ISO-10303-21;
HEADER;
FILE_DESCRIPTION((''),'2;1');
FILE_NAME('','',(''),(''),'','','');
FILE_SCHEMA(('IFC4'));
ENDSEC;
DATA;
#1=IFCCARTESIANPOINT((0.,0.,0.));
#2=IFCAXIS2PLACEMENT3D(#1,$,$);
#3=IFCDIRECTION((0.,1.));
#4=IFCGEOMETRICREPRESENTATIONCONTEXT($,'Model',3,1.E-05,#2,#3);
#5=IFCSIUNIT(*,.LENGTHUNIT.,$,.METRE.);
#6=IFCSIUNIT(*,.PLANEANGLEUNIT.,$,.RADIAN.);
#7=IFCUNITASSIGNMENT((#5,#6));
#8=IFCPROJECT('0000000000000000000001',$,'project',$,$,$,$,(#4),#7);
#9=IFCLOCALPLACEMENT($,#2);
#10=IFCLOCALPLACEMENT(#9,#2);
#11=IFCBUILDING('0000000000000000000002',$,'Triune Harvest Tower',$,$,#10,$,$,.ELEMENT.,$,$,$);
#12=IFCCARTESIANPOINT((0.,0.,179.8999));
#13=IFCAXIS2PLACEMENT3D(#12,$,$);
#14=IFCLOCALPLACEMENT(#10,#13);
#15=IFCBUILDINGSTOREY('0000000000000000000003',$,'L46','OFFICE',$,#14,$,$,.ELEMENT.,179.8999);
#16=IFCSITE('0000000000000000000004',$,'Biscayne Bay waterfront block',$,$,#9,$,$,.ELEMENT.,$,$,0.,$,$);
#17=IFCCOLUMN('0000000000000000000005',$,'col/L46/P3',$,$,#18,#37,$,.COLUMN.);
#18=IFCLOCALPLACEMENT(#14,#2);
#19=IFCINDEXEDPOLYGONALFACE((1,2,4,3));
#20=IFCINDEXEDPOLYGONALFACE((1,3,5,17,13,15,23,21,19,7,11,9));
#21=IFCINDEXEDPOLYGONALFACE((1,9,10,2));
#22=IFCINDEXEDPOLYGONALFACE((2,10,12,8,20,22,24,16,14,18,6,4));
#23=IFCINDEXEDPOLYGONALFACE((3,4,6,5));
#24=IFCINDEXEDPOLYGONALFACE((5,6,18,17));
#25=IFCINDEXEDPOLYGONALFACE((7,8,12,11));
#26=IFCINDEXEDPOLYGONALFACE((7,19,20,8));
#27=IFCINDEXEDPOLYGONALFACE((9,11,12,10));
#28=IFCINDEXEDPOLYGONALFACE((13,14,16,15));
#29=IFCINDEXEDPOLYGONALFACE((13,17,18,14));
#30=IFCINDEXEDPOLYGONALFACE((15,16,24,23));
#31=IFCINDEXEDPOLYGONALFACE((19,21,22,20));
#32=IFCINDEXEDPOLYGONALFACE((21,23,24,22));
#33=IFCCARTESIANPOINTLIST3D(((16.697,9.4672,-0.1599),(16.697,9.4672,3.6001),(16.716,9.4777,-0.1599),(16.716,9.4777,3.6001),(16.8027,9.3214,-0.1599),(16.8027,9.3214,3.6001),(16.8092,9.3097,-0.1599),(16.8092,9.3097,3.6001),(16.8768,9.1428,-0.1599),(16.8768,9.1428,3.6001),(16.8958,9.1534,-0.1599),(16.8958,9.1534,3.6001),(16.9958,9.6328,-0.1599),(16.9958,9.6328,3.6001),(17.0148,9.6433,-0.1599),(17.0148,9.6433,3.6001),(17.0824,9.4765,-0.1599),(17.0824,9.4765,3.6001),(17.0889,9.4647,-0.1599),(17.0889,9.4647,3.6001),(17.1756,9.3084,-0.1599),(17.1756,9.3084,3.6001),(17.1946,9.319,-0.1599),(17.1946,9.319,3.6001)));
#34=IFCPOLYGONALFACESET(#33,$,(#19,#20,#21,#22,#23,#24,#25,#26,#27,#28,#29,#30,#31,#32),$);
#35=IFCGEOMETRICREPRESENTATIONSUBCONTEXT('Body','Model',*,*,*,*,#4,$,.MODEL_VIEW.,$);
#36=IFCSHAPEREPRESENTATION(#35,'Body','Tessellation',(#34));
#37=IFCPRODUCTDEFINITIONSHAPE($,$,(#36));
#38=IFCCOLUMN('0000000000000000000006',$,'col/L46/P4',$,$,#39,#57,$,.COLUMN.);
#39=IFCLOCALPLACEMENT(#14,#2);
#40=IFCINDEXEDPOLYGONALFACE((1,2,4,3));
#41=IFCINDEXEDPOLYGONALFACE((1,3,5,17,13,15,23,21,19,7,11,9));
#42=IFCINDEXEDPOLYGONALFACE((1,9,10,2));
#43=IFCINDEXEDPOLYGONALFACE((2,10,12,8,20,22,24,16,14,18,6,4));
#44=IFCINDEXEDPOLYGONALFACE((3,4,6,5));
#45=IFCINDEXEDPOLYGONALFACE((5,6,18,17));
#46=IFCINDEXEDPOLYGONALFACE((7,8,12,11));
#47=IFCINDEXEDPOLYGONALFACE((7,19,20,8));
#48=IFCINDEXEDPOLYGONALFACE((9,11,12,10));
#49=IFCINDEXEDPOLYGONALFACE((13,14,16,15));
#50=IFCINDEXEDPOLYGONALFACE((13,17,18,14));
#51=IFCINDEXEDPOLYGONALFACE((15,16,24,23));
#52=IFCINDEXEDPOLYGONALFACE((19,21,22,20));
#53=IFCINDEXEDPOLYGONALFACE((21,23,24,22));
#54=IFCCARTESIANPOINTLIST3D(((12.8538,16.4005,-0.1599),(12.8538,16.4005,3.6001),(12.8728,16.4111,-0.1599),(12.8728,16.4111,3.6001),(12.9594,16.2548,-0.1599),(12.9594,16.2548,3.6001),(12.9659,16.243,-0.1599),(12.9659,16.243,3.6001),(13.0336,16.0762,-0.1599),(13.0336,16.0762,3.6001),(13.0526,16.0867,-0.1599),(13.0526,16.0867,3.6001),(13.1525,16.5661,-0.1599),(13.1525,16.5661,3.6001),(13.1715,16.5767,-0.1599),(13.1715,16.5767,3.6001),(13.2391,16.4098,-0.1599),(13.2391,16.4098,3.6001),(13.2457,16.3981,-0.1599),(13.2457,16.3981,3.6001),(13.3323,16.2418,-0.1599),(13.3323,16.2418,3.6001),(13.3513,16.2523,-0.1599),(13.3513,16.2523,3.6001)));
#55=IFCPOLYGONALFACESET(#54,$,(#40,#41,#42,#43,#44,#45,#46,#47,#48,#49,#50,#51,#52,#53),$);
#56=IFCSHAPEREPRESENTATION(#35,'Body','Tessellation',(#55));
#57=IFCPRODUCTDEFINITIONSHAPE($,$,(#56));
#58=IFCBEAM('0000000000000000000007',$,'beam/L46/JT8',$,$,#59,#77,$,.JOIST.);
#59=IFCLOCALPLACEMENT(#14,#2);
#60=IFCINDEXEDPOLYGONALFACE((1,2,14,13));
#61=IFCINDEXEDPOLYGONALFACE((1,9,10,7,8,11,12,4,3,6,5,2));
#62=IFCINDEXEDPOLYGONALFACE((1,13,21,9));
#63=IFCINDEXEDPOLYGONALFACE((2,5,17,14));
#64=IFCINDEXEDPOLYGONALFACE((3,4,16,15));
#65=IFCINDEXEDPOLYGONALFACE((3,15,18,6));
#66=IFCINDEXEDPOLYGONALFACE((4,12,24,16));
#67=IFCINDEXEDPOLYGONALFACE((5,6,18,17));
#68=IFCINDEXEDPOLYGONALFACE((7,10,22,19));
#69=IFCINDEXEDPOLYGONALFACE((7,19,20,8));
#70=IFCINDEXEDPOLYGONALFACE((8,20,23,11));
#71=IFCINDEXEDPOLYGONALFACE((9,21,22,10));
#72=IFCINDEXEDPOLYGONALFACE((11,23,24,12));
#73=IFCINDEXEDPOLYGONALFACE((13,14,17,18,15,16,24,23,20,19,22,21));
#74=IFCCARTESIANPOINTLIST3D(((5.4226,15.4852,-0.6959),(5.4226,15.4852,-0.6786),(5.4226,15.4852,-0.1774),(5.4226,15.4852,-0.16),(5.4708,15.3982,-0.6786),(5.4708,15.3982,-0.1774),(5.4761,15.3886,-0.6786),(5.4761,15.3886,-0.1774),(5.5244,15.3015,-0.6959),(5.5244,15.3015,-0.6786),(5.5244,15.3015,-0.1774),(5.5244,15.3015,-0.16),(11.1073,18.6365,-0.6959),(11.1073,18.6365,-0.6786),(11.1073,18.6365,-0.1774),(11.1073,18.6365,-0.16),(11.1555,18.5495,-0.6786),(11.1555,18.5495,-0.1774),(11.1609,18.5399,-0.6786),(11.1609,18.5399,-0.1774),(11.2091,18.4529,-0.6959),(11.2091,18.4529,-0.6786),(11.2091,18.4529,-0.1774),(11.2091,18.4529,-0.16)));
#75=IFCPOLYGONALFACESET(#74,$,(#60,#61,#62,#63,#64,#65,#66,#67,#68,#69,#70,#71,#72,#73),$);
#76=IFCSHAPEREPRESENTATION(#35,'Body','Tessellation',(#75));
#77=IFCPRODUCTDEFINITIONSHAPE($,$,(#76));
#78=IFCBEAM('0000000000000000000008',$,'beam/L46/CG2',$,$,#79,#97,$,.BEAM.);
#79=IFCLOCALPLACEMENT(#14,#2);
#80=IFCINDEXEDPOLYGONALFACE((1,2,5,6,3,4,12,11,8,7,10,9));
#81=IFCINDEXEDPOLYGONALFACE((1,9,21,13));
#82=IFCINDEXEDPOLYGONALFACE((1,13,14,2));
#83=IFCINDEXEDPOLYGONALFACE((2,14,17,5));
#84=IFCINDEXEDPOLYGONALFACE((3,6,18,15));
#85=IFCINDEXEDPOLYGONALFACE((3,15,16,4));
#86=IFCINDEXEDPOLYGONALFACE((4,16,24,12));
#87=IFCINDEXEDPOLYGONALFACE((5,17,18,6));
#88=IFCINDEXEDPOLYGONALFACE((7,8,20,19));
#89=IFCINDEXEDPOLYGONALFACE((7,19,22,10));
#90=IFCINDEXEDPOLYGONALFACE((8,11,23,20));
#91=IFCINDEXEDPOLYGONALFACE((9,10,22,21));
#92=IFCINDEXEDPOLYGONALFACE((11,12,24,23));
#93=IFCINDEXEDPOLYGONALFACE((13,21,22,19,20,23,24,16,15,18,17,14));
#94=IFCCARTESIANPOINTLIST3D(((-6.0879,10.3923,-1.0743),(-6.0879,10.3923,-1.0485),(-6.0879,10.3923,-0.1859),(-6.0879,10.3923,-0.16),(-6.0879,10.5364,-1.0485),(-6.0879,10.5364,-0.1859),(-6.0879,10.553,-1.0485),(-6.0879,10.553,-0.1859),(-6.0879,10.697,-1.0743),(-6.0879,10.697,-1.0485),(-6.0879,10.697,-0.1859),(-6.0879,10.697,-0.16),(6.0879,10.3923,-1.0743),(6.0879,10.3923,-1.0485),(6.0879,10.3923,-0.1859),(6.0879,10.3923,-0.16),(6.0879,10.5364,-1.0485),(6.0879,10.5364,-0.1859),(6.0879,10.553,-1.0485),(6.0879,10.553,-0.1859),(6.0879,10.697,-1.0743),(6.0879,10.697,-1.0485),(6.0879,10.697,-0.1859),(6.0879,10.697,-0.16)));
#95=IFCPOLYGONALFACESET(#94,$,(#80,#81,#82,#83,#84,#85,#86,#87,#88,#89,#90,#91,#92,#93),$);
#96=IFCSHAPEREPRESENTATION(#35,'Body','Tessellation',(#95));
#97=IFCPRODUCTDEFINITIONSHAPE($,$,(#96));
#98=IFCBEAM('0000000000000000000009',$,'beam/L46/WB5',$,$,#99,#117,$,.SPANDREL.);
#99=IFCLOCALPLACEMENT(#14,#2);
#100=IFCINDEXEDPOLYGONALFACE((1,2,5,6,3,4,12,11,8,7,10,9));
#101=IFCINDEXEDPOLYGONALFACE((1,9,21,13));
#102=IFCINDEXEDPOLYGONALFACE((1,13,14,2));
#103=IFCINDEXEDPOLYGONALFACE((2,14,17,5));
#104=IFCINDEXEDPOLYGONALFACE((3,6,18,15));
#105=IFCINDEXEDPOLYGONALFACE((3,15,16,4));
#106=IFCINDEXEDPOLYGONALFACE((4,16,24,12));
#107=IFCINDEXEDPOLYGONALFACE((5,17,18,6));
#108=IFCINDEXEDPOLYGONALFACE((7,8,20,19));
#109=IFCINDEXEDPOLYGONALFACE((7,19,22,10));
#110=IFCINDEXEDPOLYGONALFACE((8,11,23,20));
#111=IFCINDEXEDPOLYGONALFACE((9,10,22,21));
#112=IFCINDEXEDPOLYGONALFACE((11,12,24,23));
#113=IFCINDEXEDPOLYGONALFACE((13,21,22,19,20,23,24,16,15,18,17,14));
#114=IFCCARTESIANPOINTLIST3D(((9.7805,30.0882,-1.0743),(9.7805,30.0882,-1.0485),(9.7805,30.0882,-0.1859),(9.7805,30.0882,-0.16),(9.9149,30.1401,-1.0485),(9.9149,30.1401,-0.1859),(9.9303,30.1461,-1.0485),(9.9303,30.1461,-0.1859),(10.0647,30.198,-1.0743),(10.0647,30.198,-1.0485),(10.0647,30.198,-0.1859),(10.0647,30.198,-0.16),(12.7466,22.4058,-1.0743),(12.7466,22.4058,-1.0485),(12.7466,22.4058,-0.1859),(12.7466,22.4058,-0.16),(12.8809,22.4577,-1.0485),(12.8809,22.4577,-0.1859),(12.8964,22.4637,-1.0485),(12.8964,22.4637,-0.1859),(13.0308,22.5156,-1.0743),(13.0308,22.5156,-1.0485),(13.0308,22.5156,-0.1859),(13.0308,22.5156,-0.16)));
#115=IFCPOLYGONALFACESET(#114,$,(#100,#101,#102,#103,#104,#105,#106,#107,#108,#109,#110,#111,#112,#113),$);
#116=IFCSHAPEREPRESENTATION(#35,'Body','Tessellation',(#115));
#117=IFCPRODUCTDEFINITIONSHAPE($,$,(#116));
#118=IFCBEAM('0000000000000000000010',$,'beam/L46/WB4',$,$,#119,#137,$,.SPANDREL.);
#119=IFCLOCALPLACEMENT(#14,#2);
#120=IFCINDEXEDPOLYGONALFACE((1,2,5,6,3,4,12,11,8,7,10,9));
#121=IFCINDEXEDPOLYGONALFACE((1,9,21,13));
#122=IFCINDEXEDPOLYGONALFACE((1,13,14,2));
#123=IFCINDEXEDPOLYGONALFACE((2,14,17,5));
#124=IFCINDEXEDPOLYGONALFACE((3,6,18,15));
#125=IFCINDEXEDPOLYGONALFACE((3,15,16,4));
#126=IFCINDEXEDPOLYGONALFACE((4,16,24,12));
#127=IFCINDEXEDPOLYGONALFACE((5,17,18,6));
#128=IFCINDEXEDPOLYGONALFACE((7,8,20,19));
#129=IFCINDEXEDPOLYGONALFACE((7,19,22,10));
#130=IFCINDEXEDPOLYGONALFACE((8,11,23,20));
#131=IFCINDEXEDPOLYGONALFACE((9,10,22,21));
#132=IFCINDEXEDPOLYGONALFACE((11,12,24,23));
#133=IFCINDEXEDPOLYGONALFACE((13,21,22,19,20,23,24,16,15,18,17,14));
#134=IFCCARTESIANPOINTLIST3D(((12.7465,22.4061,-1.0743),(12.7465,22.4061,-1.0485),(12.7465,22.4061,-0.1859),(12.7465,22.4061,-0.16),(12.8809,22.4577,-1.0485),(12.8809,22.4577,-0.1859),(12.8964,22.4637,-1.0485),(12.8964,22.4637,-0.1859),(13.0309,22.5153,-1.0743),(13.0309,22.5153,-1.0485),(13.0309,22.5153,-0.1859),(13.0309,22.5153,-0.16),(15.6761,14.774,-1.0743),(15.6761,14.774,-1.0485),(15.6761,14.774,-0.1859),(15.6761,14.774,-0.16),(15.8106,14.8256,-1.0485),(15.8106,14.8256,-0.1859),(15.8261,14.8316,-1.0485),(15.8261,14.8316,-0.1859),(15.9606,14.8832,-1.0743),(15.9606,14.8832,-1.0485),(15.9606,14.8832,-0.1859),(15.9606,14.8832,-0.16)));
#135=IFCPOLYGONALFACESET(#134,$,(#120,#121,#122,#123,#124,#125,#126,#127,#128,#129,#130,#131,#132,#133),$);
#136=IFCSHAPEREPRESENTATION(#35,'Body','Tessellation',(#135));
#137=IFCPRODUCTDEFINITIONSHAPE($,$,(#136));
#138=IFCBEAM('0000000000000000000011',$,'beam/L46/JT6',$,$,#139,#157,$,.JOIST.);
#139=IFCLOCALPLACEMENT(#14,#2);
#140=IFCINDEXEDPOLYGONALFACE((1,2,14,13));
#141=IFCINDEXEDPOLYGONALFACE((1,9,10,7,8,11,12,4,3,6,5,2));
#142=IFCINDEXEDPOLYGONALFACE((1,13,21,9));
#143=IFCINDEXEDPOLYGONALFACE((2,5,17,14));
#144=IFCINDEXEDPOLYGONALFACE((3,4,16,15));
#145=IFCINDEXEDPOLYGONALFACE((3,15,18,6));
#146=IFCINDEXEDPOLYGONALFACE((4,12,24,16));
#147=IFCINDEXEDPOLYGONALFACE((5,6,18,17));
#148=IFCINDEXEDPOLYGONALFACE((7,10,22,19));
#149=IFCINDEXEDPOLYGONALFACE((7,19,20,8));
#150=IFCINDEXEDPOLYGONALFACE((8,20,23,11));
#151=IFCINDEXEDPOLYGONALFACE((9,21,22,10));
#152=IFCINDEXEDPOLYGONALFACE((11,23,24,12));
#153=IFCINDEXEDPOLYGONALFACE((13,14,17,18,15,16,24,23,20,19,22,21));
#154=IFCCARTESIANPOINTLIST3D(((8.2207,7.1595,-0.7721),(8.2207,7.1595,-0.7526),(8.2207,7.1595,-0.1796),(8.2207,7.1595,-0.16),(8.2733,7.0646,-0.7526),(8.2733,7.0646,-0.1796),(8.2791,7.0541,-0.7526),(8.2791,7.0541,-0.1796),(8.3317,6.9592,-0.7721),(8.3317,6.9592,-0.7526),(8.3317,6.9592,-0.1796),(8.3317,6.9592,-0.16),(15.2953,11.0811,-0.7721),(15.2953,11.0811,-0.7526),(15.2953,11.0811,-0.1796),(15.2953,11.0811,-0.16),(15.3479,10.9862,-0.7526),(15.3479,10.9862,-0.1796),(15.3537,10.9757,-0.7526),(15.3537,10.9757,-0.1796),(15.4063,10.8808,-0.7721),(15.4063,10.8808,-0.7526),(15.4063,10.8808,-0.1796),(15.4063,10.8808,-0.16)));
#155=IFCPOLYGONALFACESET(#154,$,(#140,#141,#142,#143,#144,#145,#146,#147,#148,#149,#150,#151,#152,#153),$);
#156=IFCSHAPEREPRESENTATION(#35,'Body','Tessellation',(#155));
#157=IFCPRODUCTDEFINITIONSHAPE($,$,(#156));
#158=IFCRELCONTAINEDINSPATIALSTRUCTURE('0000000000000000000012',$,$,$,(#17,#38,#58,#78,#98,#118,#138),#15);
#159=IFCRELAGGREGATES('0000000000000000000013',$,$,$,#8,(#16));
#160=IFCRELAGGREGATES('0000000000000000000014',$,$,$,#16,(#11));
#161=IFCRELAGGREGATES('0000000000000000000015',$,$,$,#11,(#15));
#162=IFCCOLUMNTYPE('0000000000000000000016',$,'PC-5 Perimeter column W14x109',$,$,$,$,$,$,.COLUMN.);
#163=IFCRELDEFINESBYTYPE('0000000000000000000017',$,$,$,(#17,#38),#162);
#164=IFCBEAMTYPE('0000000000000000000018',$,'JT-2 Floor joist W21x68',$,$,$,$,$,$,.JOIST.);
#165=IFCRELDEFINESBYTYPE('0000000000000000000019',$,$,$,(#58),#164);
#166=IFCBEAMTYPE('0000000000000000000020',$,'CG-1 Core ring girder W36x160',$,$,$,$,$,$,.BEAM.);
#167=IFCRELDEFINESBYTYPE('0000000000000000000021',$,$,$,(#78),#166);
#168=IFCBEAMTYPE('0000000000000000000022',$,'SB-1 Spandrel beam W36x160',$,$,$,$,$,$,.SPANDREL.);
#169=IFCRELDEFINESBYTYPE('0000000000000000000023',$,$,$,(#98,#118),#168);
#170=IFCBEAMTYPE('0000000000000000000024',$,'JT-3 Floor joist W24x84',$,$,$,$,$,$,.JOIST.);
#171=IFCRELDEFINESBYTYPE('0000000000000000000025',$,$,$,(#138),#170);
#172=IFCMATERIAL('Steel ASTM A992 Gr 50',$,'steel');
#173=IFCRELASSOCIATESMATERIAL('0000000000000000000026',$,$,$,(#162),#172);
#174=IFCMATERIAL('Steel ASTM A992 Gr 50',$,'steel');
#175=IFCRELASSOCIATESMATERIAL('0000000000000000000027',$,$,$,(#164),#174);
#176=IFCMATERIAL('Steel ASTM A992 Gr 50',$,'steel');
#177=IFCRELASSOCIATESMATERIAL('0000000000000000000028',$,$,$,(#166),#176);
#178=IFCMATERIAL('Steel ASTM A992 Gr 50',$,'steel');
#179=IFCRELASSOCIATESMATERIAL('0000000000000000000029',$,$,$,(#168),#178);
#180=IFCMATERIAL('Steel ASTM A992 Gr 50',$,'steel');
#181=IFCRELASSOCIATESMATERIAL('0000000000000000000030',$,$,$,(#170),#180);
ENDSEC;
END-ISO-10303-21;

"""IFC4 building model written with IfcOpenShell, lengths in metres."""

from ifc_helpers import new_model, si_unit, direction, frame, origin, origin_2d, place, context, subcontext, project, spatial, i_section, extrude, source, transform, mapped, material, material_profile, profile_set, type_object, element, save


model = new_model("IFC4")

# Units and contexts
model_context = context("Model", 3, precision=1e-05, world=origin(), true_north=direction((0.0, 1.0)))
body_context = subcontext(model_context, "Body", "Model", "MODEL_VIEW")
ifc_project = project(units=[si_unit("LENGTHUNIT", "METRE"), si_unit("PLANEANGLEUNIT", "RADIAN")], contexts=[model_context])

# Site, building, storey
site_placement = place(None, origin())
site = spatial("IfcSite", under=ifc_project, at=site_placement, Name="Biscayne Bay waterfront block", CompositionType="ELEMENT", RefElevation=0.0)
building_placement = place(site_placement, origin())
building = spatial("IfcBuilding", under=site, at=building_placement, Name="Triune Harvest Tower", CompositionType="ELEMENT")
storey_placement = place(building_placement, frame((0.0, 0.0, 179.8999)))
storey = spatial("IfcBuildingStorey", under=building, at=storey_placement, Name="L46", Description="OFFICE", CompositionType="ELEMENT", Elevation=179.8999)

# Columns
ifc_material_1 = material(Name="Steel ASTM A992 Gr 50", Category="steel")
ifc_material_profile_1 = material_profile(ifc_material_1, i_section(OverallWidth=0.3708, OverallDepth=0.3633, WebThickness=0.0134, FlangeThickness=0.0217, at=origin_2d()), Name="W14x109")
ifc_profile_set_1 = profile_set([ifc_material_profile_1], Name="Steel ASTM A992 Gr 50")
column_type = type_object("IfcColumnType", Name="PC-5 Perimeter column W14x109", PredefinedType="COLUMN", material=ifc_profile_set_1)
shared_shape_1 = source(origin(), body_context, "Body", "SweptSolid", [
    extrude(i_section(OverallWidth=0.3708, OverallDepth=0.3633, WebThickness=0.0134, FlangeThickness=0.0217, at=origin_2d()), origin(), (0.0, 0.0, 1.0), 3.76),
])
for number, where, z_axis, x_axis, name in (
    (1, (16.9458, 9.3931, -0.1599), (0.0, 0.0, 1.0), (-0.48481, 0.87462, 0.0), "col/L46/P3"),
    (2, (13.1025, 16.3264, -0.1599), (0.0, 0.0, 1.0), (-0.48481, 0.87462, 0.0), "col/L46/P4"),
):
    element("IfcColumn", number, at=place(storey_placement, frame(where, z_axis=z_axis, x_axis=x_axis)), inside=storey, type_object=column_type, Name=name, PredefinedType="COLUMN", context=body_context, shape_type="MappedRepresentation", body=[
        mapped(shared_shape_1, transform((0.0, 0.0, 0.0), scale=1.0)),
    ])

# Beams
ifc_material_2 = material(Name="Steel ASTM A992 Gr 50", Category="steel")
ifc_material_profile_2 = material_profile(ifc_material_2, i_section(OverallWidth=0.21, OverallDepth=0.5359, WebThickness=0.011, FlangeThickness=0.0173, at=origin_2d()), Name="W21x68")
ifc_profile_set_2 = profile_set([ifc_material_profile_2], Name="Steel ASTM A992 Gr 50")
beam_type_1 = type_object("IfcBeamType", Name="JT-2 Floor joist W21x68", PredefinedType="JOIST", material=ifc_profile_set_2)
beam_1_placement = place(storey_placement, frame((11.1582, 18.5447, -0.428), z_axis=(-0.874605, -0.484836, 0.0), x_axis=(0.484836, -0.874605, 0.0)))
element("IfcBeam", 3, at=beam_1_placement, inside=storey, type_object=beam_type_1, Name="beam/L46/JT8", PredefinedType="JOIST", context=body_context, shape_type="SweptSolid", body=[
    extrude(i_section(OverallWidth=0.21, OverallDepth=0.5359, WebThickness=0.011, FlangeThickness=0.0173, at=origin_2d()), origin(), (0.0, 0.0, 1.0), 6.4998),
])
ifc_material_3 = material(Name="Steel ASTM A992 Gr 50", Category="steel")
ifc_material_profile_3 = material_profile(ifc_material_3, i_section(OverallWidth=0.3047, OverallDepth=0.9143, WebThickness=0.0166, FlangeThickness=0.0259, at=origin_2d()), Name="W36x160")
ifc_profile_set_3 = profile_set([ifc_material_profile_3], Name="Steel ASTM A992 Gr 50")
beam_type_2 = type_object("IfcBeamType", Name="CG-1 Core ring girder W36x160", PredefinedType="BEAM", material=ifc_profile_set_3)
shared_shape_2 = source(origin(), body_context, "Body", "SweptSolid", [
    extrude(i_section(OverallWidth=0.3047, OverallDepth=0.9143, WebThickness=0.0166, FlangeThickness=0.0259, at=origin_2d()), origin(), (0.0, 0.0, 1.0), 12.1758),
])
beam_2_placement = place(storey_placement, frame((6.0879, 10.5447, -0.6172), z_axis=(-1.0, 0.0, 0.0), x_axis=(0.0, -1.0, 0.0)))
element("IfcBeam", 4, at=beam_2_placement, inside=storey, type_object=beam_type_2, Name="beam/L46/CG2", PredefinedType="BEAM", context=body_context, shape_type="MappedRepresentation", body=[
    mapped(shared_shape_2, transform((0.0, 0.0, 0.0), scale=1.0)),
])
ifc_material_4 = material(Name="Steel ASTM A992 Gr 50", Category="steel")
ifc_material_profile_4 = material_profile(ifc_material_4, i_section(OverallWidth=0.3047, OverallDepth=0.9143, WebThickness=0.0166, FlangeThickness=0.0259, at=origin_2d()), Name="W36x160")
ifc_profile_set_4 = profile_set([ifc_material_profile_4], Name="Steel ASTM A992 Gr 50")
beam_type_3 = type_object("IfcBeamType", Name="SB-1 Spandrel beam W36x160", PredefinedType="SPANDREL", material=ifc_profile_set_4)
shared_shape_3 = source(origin(), body_context, "Body", "SweptSolid", [
    extrude(i_section(OverallWidth=0.3047, OverallDepth=0.9143, WebThickness=0.0166, FlangeThickness=0.0259, at=origin_2d()), origin(), (0.0, 0.0, 1.0), 8.2351),
])
beam_3_placement = place(storey_placement, frame((12.8887, 22.4607, -0.6172), z_axis=(-0.360175, 0.932885, 0.0), x_axis=(-0.932885, -0.360175, 0.0)))
element("IfcBeam", 5, at=beam_3_placement, inside=storey, type_object=beam_type_3, Name="beam/L46/WB5", PredefinedType="SPANDREL", context=body_context, shape_type="MappedRepresentation", body=[
    mapped(shared_shape_3, transform((0.0, 0.0, 0.0), scale=1.0)),
])
shared_shape_4 = source(origin(), body_context, "Body", "SweptSolid", [
    extrude(i_section(OverallWidth=0.3047, OverallDepth=0.9143, WebThickness=0.0166, FlangeThickness=0.0259, at=origin_2d()), origin(), (0.0, 0.0, 1.0), 8.175),
])
beam_4_placement = place(storey_placement, frame((15.8184, 14.8286, -0.6172), z_axis=(-0.358369, 0.93358, 0.0), x_axis=(-0.93358, -0.358369, 0.0)))
element("IfcBeam", 6, at=beam_4_placement, inside=storey, type_object=beam_type_3, Name="beam/L46/WB4", PredefinedType="SPANDREL", context=body_context, shape_type="MappedRepresentation", body=[
    mapped(shared_shape_4, transform((0.0, 0.0, 0.0), scale=1.0)),
])
ifc_material_5 = material(Name="Steel ASTM A992 Gr 50", Category="steel")
ifc_material_profile_5 = material_profile(ifc_material_5, i_section(OverallWidth=0.229, OverallDepth=0.6121, WebThickness=0.012, FlangeThickness=0.0195, at=origin_2d()), Name="W24x84")
ifc_profile_set_5 = profile_set([ifc_material_profile_5], Name="Steel ASTM A992 Gr 50")
beam_type_4 = type_object("IfcBeamType", Name="JT-3 Floor joist W24x84", PredefinedType="JOIST", material=ifc_profile_set_5)
shared_shape_5 = source(origin(), body_context, "Body", "SweptSolid", [
    extrude(i_section(OverallWidth=0.229, OverallDepth=0.6121, WebThickness=0.012, FlangeThickness=0.0195, at=origin_2d()), origin(), (0.0, 0.0, 1.0), 8.0889),
])
beam_5_placement = place(storey_placement, frame((15.3508, 10.981, -0.4661), z_axis=(-0.874617, -0.484815, 0.0), x_axis=(0.484815, -0.874617, 0.0)))
element("IfcBeam", 7, at=beam_5_placement, inside=storey, type_object=beam_type_4, Name="beam/L46/JT6", PredefinedType="JOIST", context=body_context, shape_type="MappedRepresentation", body=[
    mapped(shared_shape_5, transform((0.0, 0.0, 0.0), scale=1.0)),
])

save(model, "model.ifc")
